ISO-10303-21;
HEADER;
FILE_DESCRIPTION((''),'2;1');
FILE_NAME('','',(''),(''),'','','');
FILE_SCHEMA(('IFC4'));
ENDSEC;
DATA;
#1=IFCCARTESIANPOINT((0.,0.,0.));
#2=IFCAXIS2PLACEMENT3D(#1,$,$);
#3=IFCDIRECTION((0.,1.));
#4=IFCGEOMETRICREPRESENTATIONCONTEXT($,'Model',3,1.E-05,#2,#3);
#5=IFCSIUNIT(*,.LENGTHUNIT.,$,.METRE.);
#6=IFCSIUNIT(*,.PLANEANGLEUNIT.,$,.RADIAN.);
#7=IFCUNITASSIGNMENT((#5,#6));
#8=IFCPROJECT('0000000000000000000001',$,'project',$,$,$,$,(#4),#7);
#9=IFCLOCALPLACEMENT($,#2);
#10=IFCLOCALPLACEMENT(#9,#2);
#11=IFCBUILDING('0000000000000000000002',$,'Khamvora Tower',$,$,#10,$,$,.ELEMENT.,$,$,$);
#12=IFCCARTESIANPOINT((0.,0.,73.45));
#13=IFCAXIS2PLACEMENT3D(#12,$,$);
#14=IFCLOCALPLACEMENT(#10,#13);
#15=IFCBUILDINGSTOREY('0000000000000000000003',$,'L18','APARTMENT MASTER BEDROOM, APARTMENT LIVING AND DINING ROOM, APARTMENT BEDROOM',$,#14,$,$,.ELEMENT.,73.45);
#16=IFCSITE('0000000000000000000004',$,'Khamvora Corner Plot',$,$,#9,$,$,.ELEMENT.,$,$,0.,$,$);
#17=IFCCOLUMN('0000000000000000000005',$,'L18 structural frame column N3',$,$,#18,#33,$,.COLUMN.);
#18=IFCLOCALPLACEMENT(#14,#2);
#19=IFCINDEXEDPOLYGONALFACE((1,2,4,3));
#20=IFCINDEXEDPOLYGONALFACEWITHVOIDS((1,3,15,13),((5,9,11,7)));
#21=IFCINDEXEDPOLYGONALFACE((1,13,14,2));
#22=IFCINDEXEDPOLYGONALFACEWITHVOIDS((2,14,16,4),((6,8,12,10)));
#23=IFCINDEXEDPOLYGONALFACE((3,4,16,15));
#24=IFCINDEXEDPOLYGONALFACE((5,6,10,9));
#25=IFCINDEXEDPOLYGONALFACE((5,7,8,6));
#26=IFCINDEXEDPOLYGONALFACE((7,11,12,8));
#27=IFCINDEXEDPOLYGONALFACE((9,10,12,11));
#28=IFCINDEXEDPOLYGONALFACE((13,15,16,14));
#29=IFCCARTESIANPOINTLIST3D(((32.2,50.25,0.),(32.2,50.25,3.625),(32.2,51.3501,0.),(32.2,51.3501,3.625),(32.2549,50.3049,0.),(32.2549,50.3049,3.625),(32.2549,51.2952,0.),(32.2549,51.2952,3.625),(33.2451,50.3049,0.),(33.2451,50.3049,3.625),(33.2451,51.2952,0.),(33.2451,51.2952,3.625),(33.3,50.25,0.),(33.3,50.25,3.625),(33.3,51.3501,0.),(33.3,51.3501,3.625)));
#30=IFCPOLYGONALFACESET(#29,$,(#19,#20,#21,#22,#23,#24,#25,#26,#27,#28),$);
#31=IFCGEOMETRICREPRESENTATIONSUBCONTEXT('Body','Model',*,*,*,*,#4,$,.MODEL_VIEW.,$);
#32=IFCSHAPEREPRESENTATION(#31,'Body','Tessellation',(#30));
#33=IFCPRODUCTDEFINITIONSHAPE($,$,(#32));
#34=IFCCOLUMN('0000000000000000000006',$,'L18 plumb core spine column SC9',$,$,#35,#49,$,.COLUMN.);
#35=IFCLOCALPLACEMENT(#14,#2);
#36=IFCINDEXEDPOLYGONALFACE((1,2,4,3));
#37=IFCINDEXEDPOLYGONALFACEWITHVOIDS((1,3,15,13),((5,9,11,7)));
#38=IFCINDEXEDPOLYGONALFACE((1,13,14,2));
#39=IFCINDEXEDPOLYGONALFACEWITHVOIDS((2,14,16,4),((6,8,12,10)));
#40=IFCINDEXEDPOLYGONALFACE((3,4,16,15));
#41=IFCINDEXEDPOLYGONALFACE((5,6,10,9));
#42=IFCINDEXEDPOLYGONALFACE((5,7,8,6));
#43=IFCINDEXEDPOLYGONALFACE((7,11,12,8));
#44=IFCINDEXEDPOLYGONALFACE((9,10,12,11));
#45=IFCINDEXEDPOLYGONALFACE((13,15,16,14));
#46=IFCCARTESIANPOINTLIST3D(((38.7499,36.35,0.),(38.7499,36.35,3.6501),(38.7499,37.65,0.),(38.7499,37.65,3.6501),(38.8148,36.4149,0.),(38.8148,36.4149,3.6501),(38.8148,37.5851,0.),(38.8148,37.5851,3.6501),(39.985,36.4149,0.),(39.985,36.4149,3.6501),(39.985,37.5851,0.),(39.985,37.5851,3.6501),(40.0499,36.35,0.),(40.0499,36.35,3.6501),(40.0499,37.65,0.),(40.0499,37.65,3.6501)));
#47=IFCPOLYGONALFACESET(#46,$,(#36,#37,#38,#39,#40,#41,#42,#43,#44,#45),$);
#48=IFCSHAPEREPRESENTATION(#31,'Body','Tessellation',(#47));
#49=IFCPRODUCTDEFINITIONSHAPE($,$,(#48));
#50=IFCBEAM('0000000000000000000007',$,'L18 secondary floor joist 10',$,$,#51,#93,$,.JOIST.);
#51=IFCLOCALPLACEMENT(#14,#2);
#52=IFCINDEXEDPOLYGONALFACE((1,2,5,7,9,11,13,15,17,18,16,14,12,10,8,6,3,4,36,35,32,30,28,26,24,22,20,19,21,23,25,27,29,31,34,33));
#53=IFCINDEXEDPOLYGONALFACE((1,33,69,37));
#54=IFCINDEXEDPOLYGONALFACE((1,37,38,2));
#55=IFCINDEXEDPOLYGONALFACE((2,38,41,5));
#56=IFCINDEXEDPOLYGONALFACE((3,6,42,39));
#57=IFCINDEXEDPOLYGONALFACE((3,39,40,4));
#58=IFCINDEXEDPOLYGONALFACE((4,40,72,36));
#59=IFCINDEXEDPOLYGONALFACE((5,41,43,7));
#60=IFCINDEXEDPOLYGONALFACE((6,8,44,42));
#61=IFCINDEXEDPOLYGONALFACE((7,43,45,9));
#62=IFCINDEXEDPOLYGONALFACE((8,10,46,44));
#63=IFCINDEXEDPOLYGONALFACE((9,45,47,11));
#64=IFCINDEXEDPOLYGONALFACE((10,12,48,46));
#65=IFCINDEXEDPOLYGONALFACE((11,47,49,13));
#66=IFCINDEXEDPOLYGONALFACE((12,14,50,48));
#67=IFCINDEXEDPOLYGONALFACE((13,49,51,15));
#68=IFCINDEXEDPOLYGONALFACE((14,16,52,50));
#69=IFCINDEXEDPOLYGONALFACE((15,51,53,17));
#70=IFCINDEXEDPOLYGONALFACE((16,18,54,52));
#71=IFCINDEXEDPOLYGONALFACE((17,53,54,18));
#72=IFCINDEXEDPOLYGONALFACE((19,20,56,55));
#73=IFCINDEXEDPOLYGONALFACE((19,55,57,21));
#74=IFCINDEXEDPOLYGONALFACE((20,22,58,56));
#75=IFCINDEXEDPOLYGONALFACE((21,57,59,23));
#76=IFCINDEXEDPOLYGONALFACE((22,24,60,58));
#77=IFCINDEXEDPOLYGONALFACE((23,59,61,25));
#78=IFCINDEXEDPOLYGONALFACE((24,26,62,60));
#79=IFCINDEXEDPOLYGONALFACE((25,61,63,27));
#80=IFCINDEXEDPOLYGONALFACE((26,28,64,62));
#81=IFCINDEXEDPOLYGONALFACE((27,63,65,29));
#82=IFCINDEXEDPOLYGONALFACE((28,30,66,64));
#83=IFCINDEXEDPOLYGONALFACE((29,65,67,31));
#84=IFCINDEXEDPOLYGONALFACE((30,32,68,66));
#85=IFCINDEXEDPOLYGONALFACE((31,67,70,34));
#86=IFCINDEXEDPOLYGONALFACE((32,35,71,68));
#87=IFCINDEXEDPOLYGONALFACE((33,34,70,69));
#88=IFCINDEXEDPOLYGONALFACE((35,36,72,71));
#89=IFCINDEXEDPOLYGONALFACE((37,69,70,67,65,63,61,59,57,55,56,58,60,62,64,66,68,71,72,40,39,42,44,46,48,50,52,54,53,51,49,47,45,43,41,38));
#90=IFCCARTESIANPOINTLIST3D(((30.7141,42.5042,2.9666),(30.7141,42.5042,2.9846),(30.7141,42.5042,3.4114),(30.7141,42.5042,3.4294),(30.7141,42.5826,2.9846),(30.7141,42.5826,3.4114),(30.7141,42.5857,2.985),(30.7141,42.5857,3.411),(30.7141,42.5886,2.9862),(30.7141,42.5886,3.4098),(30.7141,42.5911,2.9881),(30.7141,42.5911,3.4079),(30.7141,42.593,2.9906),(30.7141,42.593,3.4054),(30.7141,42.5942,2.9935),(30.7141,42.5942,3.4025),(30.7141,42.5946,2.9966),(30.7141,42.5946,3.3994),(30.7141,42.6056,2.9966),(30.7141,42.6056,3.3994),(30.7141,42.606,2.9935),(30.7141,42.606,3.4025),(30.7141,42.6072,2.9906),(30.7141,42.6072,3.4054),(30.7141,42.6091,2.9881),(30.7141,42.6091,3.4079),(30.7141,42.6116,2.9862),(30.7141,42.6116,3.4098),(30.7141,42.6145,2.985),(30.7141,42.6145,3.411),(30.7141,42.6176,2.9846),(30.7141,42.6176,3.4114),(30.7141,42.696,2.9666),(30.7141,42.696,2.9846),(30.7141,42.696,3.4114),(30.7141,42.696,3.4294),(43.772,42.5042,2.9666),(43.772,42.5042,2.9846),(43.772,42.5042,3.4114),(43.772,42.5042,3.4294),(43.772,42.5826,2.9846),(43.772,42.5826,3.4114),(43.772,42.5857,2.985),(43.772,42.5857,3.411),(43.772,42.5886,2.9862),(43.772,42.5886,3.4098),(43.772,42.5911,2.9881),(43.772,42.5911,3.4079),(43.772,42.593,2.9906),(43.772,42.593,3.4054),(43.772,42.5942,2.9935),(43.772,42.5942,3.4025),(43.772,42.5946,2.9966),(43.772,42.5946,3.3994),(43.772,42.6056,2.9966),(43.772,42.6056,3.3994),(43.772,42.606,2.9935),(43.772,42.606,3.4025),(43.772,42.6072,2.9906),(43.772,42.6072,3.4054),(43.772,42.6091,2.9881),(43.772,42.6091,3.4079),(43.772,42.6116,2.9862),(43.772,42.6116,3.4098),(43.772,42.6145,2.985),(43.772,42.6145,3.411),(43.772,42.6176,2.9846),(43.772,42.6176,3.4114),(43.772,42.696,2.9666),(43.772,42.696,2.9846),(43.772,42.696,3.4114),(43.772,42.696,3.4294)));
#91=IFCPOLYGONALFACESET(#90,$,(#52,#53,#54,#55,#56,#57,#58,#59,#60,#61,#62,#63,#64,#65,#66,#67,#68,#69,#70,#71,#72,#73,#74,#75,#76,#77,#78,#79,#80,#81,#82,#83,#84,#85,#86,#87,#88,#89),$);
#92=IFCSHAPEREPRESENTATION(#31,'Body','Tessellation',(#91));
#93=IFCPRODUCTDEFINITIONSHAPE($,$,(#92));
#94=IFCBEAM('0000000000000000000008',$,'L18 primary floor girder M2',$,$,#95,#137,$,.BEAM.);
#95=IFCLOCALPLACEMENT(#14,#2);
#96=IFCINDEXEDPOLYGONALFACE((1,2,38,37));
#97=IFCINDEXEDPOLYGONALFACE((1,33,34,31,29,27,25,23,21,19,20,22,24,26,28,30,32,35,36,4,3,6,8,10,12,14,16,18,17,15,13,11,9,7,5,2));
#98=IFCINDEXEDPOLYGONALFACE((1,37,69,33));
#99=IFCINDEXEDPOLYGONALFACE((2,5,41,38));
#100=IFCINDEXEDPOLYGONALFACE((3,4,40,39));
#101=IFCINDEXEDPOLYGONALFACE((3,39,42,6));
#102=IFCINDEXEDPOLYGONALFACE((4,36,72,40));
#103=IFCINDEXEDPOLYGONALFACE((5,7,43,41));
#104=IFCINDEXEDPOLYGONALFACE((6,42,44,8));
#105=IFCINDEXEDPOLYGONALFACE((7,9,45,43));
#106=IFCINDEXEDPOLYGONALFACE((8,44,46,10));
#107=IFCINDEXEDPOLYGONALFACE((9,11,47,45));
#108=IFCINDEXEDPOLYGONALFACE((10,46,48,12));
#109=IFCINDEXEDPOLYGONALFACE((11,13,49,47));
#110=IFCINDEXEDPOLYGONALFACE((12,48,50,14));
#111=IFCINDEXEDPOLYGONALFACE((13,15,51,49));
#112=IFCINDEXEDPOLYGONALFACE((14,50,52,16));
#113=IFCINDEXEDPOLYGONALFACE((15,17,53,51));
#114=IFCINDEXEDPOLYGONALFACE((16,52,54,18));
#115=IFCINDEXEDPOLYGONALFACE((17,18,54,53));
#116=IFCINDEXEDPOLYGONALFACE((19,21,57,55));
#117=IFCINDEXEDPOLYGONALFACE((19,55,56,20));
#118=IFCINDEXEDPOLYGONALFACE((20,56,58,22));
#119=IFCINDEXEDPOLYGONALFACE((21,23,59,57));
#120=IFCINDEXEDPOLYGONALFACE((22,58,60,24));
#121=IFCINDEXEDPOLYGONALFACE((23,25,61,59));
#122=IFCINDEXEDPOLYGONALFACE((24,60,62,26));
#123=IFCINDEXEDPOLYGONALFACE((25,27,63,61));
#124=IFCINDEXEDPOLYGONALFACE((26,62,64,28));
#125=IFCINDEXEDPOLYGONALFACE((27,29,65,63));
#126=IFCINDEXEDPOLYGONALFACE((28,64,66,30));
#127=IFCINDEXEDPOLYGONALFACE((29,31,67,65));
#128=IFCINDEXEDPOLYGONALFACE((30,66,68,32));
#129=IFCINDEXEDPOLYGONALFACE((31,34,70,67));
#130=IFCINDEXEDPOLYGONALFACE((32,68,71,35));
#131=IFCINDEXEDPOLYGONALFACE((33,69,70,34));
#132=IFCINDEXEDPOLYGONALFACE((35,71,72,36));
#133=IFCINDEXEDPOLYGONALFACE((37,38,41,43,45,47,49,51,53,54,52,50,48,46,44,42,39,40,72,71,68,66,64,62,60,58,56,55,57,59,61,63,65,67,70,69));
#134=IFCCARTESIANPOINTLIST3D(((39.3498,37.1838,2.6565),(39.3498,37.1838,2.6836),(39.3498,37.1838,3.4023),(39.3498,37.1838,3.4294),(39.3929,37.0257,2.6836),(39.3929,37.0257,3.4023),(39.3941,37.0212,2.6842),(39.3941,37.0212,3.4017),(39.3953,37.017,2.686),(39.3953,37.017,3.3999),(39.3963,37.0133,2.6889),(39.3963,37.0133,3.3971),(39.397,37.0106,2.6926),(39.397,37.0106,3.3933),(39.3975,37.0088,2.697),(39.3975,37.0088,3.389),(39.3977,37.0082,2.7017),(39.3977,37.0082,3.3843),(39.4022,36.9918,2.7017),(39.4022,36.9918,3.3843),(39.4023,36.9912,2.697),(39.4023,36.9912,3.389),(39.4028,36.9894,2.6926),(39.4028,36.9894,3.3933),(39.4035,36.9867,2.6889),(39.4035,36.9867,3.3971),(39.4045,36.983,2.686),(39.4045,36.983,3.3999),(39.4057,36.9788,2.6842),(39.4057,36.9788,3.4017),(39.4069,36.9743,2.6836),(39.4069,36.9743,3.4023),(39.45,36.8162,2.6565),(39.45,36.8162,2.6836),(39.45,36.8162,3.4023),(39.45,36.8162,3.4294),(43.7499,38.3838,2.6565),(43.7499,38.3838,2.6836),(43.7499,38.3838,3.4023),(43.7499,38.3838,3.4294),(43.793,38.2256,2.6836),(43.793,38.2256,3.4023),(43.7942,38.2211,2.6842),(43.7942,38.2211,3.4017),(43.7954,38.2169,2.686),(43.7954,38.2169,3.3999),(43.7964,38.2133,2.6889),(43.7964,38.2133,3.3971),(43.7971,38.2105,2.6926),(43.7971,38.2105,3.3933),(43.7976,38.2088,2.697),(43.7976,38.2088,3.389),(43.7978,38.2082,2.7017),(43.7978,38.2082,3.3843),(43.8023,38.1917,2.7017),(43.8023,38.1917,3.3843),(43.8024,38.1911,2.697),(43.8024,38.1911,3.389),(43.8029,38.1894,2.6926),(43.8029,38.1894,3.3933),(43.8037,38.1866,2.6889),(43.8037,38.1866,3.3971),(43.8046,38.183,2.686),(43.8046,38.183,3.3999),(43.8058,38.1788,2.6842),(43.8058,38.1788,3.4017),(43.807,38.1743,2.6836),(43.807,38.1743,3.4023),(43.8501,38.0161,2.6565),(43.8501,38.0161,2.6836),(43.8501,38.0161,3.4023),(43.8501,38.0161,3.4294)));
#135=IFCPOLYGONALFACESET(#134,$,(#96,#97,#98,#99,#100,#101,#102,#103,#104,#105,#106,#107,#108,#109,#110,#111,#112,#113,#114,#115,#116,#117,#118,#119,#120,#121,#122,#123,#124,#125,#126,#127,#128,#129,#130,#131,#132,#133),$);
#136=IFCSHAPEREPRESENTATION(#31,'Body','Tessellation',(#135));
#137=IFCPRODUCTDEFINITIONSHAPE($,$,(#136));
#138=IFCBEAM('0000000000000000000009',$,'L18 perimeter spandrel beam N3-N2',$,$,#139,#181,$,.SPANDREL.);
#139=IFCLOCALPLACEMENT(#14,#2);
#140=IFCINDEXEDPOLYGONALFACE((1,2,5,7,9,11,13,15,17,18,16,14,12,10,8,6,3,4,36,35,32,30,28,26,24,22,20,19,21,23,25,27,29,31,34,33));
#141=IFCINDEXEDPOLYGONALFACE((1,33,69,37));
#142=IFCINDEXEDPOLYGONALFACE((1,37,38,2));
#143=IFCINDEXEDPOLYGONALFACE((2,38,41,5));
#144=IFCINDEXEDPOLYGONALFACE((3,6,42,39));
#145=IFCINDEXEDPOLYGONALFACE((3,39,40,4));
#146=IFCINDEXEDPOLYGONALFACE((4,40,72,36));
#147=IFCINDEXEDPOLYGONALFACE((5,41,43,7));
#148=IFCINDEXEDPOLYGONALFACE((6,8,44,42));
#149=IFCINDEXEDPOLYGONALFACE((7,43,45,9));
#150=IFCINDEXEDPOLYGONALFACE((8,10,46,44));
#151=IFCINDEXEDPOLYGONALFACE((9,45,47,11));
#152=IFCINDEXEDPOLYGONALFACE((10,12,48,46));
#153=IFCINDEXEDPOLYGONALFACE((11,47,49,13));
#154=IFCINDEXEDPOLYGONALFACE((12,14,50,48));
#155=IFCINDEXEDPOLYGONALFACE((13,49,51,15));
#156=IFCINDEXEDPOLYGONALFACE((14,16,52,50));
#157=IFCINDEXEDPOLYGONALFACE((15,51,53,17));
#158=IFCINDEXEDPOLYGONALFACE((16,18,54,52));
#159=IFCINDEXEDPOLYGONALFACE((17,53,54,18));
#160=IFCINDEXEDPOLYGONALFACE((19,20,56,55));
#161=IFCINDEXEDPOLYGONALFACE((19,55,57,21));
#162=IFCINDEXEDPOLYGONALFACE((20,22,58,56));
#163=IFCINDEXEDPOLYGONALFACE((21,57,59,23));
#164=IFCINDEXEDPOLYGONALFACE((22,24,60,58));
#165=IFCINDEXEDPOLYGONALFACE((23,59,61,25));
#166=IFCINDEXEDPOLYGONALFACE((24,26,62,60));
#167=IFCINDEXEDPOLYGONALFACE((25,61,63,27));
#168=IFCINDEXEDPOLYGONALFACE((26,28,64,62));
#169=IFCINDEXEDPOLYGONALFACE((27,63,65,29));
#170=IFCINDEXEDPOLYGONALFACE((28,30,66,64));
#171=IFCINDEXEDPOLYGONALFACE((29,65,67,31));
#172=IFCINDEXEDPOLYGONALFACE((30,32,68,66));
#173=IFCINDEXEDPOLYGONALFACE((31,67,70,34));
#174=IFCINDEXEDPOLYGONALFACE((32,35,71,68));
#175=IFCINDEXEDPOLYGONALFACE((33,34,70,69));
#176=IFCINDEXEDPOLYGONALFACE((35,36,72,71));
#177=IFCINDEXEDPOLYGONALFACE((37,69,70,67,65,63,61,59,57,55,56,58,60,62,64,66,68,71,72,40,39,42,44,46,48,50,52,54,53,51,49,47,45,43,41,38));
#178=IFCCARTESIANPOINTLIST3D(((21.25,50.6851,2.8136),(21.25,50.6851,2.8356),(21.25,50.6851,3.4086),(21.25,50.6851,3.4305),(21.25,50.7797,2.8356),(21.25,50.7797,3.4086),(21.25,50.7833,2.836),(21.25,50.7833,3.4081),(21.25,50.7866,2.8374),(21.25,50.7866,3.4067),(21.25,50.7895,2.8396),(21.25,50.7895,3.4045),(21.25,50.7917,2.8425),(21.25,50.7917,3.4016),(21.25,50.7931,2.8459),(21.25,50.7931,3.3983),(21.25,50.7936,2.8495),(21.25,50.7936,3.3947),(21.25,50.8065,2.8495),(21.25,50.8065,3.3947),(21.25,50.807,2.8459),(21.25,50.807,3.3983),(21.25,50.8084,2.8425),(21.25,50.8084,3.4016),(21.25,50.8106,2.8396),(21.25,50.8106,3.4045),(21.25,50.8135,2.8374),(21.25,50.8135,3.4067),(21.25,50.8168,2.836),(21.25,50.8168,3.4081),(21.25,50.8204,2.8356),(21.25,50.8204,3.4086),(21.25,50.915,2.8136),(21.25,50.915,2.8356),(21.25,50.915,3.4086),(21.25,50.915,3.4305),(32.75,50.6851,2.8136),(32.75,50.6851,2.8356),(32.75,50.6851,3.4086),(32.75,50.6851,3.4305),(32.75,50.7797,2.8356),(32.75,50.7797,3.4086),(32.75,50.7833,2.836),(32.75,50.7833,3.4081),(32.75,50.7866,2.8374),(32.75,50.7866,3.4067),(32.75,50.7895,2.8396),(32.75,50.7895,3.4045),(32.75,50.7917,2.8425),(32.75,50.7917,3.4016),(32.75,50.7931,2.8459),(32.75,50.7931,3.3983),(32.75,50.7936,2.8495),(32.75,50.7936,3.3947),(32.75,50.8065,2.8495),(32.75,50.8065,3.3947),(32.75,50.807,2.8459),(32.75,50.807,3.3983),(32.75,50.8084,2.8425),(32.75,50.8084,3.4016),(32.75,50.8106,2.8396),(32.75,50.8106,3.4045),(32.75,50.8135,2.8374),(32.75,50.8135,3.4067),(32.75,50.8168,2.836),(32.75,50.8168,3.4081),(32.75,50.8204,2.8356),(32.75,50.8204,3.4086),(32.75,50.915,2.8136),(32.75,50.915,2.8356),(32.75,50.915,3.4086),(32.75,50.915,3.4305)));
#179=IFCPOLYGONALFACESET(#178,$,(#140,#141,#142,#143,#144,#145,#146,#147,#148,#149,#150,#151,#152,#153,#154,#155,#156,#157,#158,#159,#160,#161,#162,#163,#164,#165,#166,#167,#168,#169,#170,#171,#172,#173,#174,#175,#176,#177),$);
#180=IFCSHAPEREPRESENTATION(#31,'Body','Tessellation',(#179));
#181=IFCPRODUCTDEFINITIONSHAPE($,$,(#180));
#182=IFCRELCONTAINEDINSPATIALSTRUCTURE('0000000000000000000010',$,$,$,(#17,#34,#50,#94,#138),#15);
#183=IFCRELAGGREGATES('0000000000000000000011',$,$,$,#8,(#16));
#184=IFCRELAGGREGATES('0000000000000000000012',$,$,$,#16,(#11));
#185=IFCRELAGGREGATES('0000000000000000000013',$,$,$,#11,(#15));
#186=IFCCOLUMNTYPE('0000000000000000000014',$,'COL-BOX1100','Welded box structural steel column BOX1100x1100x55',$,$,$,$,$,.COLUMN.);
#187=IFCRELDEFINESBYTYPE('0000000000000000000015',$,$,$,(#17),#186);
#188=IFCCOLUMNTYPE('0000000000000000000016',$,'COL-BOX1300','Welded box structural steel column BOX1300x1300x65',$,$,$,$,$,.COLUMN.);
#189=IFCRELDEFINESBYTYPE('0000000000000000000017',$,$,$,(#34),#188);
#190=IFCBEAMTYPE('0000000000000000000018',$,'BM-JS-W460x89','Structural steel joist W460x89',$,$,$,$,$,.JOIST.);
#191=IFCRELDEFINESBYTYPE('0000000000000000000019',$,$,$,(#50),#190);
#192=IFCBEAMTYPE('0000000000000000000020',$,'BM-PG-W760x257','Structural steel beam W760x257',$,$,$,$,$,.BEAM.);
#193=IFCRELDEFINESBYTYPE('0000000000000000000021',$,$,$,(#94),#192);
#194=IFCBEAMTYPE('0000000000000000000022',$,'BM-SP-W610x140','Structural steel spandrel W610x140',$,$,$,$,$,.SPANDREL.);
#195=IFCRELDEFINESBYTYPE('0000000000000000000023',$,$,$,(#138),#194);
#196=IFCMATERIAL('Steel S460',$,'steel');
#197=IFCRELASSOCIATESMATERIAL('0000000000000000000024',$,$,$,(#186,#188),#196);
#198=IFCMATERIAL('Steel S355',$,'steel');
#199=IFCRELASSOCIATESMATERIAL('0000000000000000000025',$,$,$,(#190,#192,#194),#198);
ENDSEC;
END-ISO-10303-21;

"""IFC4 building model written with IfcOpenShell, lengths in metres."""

from ifc_helpers import new_model, si_unit, direction, frame, origin, origin_2d, place, context, subcontext, project, spatial, hollow_rectangle, i_section, extrude, material, material_profile, profile_set, type_object, element, save


model = new_model("IFC4")

# Units and contexts
model_context = context("Model", 3, precision=1e-05, world=origin(), true_north=direction((0.0, 1.0)))
body_context = subcontext(model_context, "Body", "Model", "MODEL_VIEW")
ifc_project = project(units=[si_unit("LENGTHUNIT", "METRE"), si_unit("PLANEANGLEUNIT", "RADIAN")], contexts=[model_context])

# Site, building, storey
site_placement = place(None, origin())
site = spatial("IfcSite", under=ifc_project, at=site_placement, Name="Khamvora Corner Plot", CompositionType="ELEMENT", RefElevation=0.0)
building_placement = place(site_placement, origin())
building = spatial("IfcBuilding", under=site, at=building_placement, Name="Khamvora Tower", CompositionType="ELEMENT")
storey_placement = place(building_placement, frame((0.0, 0.0, 73.45)))
storey = spatial("IfcBuildingStorey", under=building, at=storey_placement, Name="L18", Description="APARTMENT MASTER BEDROOM, APARTMENT LIVING AND DINING ROOM, APARTMENT BEDROOM", CompositionType="ELEMENT", Elevation=73.45)

# Columns
ifc_material_1 = material(Name="Steel S460", Category="steel")
ifc_material_profile_1 = material_profile(ifc_material_1, hollow_rectangle(XDim=1.1001, YDim=1.1001, WallThickness=0.0549, at=origin_2d()), Name="BOX1100x1100x55")
ifc_profile_set_1 = profile_set([ifc_material_profile_1], Name="Steel S460")
column_type_1 = type_object("IfcColumnType", Name="COL-BOX1100", Description="Welded box structural steel column BOX1100x1100x55", PredefinedType="COLUMN", material=ifc_profile_set_1)
column_1_placement = place(storey_placement, frame((32.75, 50.8, 0.0), z_axis=(0.0, 0.0, 1.0), x_axis=(1.0, 0.0, 0.0)))
element("IfcColumn", 1, at=column_1_placement, inside=storey, type_object=column_type_1, Name="L18 structural frame column N3", PredefinedType="COLUMN", context=body_context, shape_type="SweptSolid", body=[
    extrude(hollow_rectangle(XDim=1.1001, YDim=1.1001, WallThickness=0.0549, at=origin_2d()), origin(), (0.0, 0.0, 1.0), 3.625),
])
ifc_material_profile_2 = material_profile(ifc_material_1, hollow_rectangle(XDim=1.3, YDim=1.3, WallThickness=0.0649, at=origin_2d()), Name="BOX1300x1300x65")
ifc_profile_set_2 = profile_set([ifc_material_profile_2], Name="Steel S460")
column_type_2 = type_object("IfcColumnType", Name="COL-BOX1300", Description="Welded box structural steel column BOX1300x1300x65", PredefinedType="COLUMN", material=ifc_profile_set_2)
column_2_placement = place(storey_placement, frame((39.3999, 37.0, 0.0), z_axis=(0.0, 0.0, 1.0), x_axis=(1.0, 0.0, 0.0)))
element("IfcColumn", 2, at=column_2_placement, inside=storey, type_object=column_type_2, Name="L18 plumb core spine column SC9", PredefinedType="COLUMN", context=body_context, shape_type="SweptSolid", body=[
    extrude(hollow_rectangle(XDim=1.3, YDim=1.3, WallThickness=0.0649, at=origin_2d()), origin(), (0.0, 0.0, 1.0), 3.6501),
])

# Beams
ifc_material_2 = material(Name="Steel S355", Category="steel")
ifc_material_profile_3 = material_profile(ifc_material_2, i_section(OverallWidth=0.1919, OverallDepth=0.4629, WebThickness=0.011, FlangeThickness=0.0181, FilletRadius=0.012, at=origin_2d()), Name="W460x89")
ifc_profile_set_3 = profile_set([ifc_material_profile_3], Name="Steel S355")
beam_type_1 = type_object("IfcBeamType", Name="BM-JS-W460x89", Description="Structural steel joist W460x89", PredefinedType="JOIST", material=ifc_profile_set_3)
beam_1_placement = place(storey_placement, frame((30.7141, 42.6001, 3.198), z_axis=(1.0, 0.0, 0.0), x_axis=(0.0, 1.0, 0.0)))
element("IfcBeam", 3, at=beam_1_placement, inside=storey, type_object=beam_type_1, Name="L18 secondary floor joist 10", PredefinedType="JOIST", context=body_context, shape_type="SweptSolid", body=[
    extrude(i_section(OverallWidth=0.1919, OverallDepth=0.4629, WebThickness=0.011, FlangeThickness=0.0181, FilletRadius=0.012, at=origin_2d()), origin(), (0.0, 0.0, 1.0), 13.0579),
])
ifc_material_profile_4 = material_profile(ifc_material_2, i_section(OverallWidth=0.3811, OverallDepth=0.7729, WebThickness=0.0171, FlangeThickness=0.0271, FilletRadius=0.0181, at=origin_2d()), Name="W760x257")
ifc_profile_set_4 = profile_set([ifc_material_profile_4], Name="Steel S355")
beam_type_2 = type_object("IfcBeamType", Name="BM-PG-W760x257", Description="Structural steel beam W760x257", PredefinedType="BEAM", material=ifc_profile_set_4)
beam_2_placement = place(storey_placement, frame((39.3999, 37.0, 3.043), z_axis=(0.964769, 0.263099, 0.0), x_axis=(-0.263099, 0.964769, 0.0)))
element("IfcBeam", 4, at=beam_2_placement, inside=storey, type_object=beam_type_2, Name="L18 primary floor girder M2", PredefinedType="BEAM", context=body_context, shape_type="SweptSolid", body=[
    extrude(i_section(OverallWidth=0.3811, OverallDepth=0.7729, WebThickness=0.0171, FlangeThickness=0.0271, FilletRadius=0.0181, at=origin_2d()), origin(), (0.0, 0.0, 1.0), 4.5608),
])
ifc_material_profile_5 = material_profile(ifc_material_2, i_section(OverallWidth=0.23, OverallDepth=0.6169, WebThickness=0.0129, FlangeThickness=0.022, FilletRadius=0.0139, at=origin_2d()), Name="W610x140")
ifc_profile_set_5 = profile_set([ifc_material_profile_5], Name="Steel S355")
beam_type_3 = type_object("IfcBeamType", Name="BM-SP-W610x140", Description="Structural steel spandrel W610x140", PredefinedType="SPANDREL", material=ifc_profile_set_5)
beam_3_placement = place(storey_placement, frame((32.75, 50.8, 3.1221), z_axis=(-1.0, 0.0, 0.0), x_axis=(0.0, -1.0, 0.0)))
element("IfcBeam", 5, at=beam_3_placement, inside=storey, type_object=beam_type_3, Name="L18 perimeter spandrel beam N3-N2", PredefinedType="SPANDREL", context=body_context, shape_type="SweptSolid", body=[
    extrude(i_section(OverallWidth=0.23, OverallDepth=0.6169, WebThickness=0.0129, FlangeThickness=0.022, FilletRadius=0.0139, at=origin_2d()), origin(), (0.0, 0.0, 1.0), 11.5),
])

save(model, "model.ifc")
